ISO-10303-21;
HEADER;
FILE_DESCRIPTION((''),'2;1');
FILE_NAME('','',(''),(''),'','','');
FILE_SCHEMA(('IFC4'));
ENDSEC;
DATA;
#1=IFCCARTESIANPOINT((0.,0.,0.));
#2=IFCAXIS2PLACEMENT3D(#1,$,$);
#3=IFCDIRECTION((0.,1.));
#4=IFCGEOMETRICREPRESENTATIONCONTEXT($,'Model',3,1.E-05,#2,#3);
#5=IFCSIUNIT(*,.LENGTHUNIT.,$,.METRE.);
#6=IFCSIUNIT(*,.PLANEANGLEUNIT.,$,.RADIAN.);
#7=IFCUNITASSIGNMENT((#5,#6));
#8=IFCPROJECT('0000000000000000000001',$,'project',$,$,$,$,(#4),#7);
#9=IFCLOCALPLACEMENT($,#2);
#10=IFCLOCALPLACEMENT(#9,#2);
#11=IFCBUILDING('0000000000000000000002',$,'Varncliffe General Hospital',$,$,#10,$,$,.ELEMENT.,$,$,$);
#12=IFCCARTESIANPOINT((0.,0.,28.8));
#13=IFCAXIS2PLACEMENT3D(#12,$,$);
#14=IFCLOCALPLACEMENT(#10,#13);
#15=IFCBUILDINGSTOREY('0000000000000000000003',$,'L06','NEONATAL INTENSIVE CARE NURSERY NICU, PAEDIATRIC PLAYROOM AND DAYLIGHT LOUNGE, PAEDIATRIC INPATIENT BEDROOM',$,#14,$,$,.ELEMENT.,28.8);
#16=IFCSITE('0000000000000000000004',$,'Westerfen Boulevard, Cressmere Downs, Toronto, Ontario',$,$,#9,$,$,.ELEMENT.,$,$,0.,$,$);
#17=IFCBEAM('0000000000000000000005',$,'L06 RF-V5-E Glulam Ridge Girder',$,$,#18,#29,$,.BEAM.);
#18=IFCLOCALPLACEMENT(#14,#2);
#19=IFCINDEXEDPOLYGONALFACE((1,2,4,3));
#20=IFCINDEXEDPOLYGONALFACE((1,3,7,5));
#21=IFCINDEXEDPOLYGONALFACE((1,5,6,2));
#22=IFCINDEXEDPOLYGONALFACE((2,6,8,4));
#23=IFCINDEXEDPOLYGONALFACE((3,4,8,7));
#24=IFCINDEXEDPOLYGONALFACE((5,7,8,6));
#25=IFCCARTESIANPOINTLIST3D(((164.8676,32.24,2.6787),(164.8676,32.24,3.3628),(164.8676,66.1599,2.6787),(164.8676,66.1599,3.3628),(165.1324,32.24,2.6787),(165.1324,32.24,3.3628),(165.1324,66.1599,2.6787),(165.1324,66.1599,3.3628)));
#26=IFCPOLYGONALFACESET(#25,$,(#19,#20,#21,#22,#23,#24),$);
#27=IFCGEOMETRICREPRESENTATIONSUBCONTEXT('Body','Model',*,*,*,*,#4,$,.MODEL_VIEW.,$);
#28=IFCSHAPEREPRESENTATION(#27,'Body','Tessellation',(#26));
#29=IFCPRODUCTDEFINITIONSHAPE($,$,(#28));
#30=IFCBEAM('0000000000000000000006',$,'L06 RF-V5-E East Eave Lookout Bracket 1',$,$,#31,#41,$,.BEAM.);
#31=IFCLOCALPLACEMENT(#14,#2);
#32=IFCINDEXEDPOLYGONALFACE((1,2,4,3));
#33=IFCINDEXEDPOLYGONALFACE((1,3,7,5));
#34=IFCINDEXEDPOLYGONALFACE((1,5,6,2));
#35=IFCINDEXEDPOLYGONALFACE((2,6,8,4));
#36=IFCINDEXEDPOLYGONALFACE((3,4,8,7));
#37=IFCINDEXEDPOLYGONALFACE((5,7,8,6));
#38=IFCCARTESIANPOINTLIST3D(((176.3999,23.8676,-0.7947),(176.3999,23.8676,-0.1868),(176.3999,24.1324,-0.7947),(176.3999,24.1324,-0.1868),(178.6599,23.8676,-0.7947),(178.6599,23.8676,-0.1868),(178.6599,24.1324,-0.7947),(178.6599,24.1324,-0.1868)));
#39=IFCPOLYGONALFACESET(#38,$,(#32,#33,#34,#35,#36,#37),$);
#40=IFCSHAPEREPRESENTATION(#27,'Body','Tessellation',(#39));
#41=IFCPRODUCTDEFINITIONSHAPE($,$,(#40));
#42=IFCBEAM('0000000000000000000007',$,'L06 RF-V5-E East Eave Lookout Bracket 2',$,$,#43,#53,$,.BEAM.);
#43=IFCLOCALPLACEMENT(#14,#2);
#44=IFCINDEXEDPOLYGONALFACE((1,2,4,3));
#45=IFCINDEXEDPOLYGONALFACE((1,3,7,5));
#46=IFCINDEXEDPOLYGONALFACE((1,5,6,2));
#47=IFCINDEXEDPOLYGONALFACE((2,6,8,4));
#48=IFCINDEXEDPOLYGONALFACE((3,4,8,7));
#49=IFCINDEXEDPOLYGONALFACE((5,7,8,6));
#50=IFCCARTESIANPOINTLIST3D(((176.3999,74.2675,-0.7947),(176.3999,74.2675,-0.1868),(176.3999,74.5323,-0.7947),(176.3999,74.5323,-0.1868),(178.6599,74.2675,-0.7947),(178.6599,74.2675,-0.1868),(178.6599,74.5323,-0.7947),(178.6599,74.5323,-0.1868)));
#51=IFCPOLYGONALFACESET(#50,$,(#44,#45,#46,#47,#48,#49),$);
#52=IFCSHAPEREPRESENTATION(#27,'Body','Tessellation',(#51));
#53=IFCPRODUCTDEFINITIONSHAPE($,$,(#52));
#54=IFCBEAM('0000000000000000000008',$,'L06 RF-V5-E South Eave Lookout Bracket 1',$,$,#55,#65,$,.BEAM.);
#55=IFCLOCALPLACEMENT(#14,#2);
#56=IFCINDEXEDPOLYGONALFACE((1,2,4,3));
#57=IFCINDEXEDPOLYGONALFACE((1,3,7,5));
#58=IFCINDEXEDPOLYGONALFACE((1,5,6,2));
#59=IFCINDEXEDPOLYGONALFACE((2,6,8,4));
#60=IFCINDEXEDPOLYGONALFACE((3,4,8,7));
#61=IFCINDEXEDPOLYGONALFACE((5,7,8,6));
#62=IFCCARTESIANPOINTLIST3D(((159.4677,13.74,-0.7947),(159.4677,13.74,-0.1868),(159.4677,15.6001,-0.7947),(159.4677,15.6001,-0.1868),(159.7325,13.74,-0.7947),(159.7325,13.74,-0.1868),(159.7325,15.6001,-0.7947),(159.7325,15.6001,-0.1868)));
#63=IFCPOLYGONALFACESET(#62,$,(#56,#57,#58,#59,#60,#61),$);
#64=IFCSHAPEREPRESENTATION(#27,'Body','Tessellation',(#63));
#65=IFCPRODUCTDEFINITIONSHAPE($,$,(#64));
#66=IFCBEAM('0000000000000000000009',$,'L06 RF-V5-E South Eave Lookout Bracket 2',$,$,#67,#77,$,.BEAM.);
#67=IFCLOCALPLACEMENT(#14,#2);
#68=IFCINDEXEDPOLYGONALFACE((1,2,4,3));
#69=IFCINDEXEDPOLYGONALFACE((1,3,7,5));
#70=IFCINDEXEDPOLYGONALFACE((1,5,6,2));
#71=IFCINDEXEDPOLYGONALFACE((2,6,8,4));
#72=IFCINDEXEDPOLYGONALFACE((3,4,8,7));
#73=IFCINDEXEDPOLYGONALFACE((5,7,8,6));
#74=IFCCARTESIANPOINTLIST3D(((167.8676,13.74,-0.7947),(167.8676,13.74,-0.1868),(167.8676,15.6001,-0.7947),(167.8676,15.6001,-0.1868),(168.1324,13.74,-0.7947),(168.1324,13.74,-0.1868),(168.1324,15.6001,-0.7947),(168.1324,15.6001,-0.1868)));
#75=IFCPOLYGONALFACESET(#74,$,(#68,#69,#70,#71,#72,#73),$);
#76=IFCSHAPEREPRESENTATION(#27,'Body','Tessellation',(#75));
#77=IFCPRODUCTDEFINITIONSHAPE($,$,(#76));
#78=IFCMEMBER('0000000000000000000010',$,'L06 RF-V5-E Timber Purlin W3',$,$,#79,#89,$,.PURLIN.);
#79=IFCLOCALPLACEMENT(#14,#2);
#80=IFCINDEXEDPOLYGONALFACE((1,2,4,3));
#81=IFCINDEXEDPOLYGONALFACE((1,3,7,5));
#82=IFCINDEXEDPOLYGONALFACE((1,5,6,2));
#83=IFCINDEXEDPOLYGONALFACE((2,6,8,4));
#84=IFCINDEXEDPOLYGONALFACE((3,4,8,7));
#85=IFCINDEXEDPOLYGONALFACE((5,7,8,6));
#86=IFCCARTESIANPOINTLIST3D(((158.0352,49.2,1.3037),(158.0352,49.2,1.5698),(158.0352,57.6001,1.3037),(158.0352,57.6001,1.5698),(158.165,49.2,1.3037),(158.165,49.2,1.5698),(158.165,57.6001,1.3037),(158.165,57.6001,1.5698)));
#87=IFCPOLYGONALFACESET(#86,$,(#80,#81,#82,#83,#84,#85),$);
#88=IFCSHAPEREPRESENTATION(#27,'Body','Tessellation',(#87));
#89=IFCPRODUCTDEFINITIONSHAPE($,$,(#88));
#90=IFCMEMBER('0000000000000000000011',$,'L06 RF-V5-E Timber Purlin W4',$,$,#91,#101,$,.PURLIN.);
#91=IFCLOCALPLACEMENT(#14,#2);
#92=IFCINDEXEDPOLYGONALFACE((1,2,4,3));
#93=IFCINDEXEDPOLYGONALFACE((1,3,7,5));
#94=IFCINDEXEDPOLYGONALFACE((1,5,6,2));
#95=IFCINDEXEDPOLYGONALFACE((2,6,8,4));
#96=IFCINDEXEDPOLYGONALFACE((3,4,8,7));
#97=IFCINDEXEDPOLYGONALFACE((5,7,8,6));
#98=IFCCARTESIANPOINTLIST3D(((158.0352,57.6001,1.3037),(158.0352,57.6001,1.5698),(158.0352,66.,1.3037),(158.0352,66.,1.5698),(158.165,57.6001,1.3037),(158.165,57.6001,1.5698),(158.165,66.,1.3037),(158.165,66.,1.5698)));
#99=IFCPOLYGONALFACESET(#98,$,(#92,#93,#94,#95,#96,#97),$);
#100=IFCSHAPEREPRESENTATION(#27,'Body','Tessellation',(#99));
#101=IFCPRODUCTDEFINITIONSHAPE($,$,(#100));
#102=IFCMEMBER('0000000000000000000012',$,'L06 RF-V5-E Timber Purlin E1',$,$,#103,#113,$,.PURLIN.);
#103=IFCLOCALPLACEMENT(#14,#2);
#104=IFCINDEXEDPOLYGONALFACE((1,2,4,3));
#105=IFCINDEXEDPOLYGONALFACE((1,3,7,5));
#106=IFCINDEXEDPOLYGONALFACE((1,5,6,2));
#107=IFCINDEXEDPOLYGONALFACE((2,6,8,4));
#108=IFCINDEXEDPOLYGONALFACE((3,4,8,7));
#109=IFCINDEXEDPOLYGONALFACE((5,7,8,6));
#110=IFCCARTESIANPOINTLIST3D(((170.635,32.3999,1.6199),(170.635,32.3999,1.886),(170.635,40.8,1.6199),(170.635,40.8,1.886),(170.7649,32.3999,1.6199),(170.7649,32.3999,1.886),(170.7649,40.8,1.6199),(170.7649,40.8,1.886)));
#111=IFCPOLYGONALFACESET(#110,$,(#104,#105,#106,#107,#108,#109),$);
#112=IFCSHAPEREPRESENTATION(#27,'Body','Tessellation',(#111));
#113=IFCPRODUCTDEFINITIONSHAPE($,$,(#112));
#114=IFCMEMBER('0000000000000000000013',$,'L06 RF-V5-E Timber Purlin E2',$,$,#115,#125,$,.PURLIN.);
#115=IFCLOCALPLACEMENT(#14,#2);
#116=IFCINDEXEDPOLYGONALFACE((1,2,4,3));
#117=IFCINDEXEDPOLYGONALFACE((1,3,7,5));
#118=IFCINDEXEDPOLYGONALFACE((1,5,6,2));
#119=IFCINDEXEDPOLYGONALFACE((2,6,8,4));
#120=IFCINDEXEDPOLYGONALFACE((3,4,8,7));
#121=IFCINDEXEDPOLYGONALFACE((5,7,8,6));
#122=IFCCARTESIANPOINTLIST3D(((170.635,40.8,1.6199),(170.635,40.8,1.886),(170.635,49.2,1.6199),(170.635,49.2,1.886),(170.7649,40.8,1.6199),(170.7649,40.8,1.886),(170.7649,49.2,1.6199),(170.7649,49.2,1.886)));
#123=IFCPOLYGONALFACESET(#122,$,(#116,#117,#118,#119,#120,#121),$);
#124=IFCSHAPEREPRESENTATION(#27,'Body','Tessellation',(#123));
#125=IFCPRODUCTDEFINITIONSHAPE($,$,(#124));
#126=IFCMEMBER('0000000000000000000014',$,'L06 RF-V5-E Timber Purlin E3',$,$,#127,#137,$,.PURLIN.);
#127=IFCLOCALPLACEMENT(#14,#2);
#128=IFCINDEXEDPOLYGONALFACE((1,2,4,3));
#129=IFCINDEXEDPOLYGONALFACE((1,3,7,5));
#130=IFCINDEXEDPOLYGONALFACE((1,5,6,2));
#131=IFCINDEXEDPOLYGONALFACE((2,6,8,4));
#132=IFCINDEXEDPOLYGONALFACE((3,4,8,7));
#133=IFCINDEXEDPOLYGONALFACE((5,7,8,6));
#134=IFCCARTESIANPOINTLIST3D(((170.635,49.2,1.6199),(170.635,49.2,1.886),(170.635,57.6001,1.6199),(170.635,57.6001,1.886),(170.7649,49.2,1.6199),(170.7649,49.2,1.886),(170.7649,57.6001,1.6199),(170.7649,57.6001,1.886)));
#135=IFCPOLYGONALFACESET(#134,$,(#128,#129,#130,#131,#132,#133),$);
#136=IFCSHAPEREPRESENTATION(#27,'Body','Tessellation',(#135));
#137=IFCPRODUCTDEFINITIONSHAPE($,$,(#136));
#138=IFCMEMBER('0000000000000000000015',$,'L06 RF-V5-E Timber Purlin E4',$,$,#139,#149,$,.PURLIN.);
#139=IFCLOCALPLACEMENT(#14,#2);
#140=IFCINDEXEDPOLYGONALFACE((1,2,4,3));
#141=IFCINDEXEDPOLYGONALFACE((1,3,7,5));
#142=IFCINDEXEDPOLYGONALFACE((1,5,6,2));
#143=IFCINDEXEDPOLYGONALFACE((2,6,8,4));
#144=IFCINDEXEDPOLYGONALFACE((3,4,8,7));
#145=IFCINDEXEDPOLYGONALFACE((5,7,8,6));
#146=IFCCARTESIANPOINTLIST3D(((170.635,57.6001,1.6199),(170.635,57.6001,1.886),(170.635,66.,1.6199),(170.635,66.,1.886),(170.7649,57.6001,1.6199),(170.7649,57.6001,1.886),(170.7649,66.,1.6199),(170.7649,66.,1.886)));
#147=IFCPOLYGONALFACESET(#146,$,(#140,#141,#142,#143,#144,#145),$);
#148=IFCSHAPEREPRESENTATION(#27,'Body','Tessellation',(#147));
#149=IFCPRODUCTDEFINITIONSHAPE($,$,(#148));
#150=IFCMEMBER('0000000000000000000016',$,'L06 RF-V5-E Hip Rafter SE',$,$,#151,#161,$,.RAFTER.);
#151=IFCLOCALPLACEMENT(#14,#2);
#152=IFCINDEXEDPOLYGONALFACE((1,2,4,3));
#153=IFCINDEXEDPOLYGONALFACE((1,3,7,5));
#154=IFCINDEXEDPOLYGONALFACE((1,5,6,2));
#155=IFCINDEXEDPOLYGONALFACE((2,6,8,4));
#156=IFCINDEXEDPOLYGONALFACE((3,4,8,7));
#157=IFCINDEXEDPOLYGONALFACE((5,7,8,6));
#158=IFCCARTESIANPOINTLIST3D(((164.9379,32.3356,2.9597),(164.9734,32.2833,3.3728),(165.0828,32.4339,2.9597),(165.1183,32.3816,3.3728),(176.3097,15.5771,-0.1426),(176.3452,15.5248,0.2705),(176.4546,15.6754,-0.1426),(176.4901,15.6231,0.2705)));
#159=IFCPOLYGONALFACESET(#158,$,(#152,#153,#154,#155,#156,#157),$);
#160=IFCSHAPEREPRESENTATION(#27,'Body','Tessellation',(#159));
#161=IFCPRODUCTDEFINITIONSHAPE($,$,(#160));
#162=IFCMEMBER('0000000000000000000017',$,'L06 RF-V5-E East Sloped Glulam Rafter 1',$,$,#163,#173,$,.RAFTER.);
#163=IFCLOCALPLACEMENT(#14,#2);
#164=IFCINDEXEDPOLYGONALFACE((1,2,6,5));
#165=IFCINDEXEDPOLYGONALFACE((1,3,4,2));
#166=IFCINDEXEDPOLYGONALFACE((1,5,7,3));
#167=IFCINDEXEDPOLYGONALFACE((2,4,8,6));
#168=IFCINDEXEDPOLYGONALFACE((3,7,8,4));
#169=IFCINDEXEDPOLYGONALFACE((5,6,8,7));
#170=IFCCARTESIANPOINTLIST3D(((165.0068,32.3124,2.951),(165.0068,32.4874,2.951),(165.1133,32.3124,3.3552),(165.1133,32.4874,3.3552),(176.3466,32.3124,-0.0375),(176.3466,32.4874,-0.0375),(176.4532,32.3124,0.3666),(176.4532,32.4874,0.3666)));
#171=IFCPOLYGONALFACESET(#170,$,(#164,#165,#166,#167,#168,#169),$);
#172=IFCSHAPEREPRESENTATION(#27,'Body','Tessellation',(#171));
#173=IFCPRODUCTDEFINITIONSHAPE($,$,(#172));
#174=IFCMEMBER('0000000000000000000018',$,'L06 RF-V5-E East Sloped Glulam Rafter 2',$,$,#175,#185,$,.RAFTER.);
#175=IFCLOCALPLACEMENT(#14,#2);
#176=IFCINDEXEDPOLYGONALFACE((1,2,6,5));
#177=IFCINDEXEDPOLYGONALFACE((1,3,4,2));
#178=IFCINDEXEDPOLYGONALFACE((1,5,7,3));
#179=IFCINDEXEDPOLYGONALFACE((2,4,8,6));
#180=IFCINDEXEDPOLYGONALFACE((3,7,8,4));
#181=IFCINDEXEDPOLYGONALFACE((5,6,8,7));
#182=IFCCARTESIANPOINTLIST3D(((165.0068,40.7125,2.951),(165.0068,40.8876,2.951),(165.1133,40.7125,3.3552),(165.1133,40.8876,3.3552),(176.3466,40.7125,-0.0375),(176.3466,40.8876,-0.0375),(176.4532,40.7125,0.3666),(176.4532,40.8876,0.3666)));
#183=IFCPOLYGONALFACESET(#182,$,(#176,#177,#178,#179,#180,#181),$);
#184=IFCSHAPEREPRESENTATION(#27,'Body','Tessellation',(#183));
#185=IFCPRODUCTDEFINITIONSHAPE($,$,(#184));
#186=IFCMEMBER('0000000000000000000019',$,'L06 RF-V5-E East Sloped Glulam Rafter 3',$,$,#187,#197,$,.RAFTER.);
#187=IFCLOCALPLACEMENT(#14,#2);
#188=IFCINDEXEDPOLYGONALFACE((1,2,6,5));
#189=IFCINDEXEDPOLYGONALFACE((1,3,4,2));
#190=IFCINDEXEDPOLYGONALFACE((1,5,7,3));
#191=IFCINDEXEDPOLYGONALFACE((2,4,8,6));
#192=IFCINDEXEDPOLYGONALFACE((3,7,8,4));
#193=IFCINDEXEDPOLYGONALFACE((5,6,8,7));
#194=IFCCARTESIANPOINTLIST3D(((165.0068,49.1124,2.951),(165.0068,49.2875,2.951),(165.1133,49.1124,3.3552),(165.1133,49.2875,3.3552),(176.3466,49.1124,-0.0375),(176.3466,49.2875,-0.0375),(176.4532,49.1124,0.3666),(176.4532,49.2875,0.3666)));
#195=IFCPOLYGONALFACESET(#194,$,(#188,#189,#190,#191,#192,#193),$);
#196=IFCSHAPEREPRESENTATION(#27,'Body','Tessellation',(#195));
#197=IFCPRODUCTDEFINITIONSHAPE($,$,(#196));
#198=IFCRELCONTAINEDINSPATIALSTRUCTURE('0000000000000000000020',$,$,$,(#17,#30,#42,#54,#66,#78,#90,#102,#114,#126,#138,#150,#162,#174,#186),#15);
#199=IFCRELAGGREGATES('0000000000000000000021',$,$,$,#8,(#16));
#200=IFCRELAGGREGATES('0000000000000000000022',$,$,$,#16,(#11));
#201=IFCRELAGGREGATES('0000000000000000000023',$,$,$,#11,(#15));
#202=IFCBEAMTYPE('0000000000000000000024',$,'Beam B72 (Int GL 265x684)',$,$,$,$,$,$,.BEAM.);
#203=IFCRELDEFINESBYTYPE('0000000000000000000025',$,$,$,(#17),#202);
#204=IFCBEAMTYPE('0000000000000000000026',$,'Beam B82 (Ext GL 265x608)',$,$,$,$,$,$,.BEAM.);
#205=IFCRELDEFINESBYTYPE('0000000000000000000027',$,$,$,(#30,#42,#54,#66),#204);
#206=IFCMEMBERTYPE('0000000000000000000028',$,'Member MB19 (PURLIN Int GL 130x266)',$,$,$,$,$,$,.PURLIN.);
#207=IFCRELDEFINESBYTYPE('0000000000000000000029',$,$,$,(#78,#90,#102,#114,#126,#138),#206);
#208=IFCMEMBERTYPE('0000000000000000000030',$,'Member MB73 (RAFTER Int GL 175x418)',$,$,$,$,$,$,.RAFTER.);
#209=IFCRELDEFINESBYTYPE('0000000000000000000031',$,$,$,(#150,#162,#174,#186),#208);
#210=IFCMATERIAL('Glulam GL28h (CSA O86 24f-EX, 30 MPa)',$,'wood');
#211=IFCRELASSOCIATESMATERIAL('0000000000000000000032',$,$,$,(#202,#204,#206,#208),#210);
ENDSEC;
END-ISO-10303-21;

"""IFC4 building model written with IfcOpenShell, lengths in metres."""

from ifc_helpers import new_model, si_unit, direction, frame, origin, origin_2d, place, context, subcontext, project, spatial, rectangle, extrude, material, material_profile, profile_set, type_object, element, save


model = new_model("IFC4")

# Units and contexts
model_context = context("Model", 3, precision=1e-05, world=origin(), true_north=direction((0.0, 1.0)))
body_context = subcontext(model_context, "Body", "Model", "MODEL_VIEW")
ifc_project = project(units=[si_unit("LENGTHUNIT", "METRE"), si_unit("PLANEANGLEUNIT", "RADIAN")], contexts=[model_context])

# Site, building, storey
site_placement = place(None, origin())
site = spatial("IfcSite", under=ifc_project, at=site_placement, Name="Westerfen Boulevard, Cressmere Downs, Toronto, Ontario", CompositionType="ELEMENT", RefElevation=0.0)
building_placement = place(site_placement, origin())
building = spatial("IfcBuilding", under=site, at=building_placement, Name="Varncliffe General Hospital", CompositionType="ELEMENT")
storey_placement = place(building_placement, frame((0.0, 0.0, 28.8)))
storey = spatial("IfcBuildingStorey", under=building, at=storey_placement, Name="L06", Description="NEONATAL INTENSIVE CARE NURSERY NICU, PAEDIATRIC PLAYROOM AND DAYLIGHT LOUNGE, PAEDIATRIC INPATIENT BEDROOM", CompositionType="ELEMENT", Elevation=28.8)

# Beams
ifc_material_1 = material(Name="Glulam GL28h (CSA O86 24f-EX, 30 MPa)", Category="wood")
ifc_material_profile_1 = material_profile(ifc_material_1, rectangle(XDim=0.2649, YDim=0.6841, at=origin_2d()), Name="GL 265x684")
ifc_profile_set_1 = profile_set([ifc_material_profile_1], Name="Glulam GL28h (CSA O86 24f-EX, 30 MPa)")
beam_type_1 = type_object("IfcBeamType", Name="Beam B72 (Int GL 265x684)", PredefinedType="BEAM", material=ifc_profile_set_1)
beam_placement = place(storey_placement, frame((165.0, 32.24, 3.0208), z_axis=(0.0, 1.0, 0.0), x_axis=(-1.0, 0.0, 0.0)))
element("IfcBeam", 1, at=beam_placement, inside=storey, type_object=beam_type_1, Name="L06 RF-V5-E Glulam Ridge Girder", PredefinedType="BEAM", context=body_context, shape_type="SweptSolid", body=[
    extrude(rectangle(XDim=0.2649, YDim=0.6841, at=origin_2d()), origin(), (0.0, 0.0, 1.0), 33.9199),
])
ifc_material_profile_2 = material_profile(ifc_material_1, rectangle(XDim=0.2649, YDim=0.6079, at=origin_2d()), Name="GL 265x608")
ifc_profile_set_2 = profile_set([ifc_material_profile_2], Name="Glulam GL28h (CSA O86 24f-EX, 30 MPa)")
beam_type_2 = type_object("IfcBeamType", Name="Beam B82 (Ext GL 265x608)", PredefinedType="BEAM", material=ifc_profile_set_2)
for number, where, z_axis, x_axis, name in (
    (2, (176.3999, 24.0, -0.4907), (1.0, 0.0, 0.0), (0.0, 1.0, 0.0), "L06 RF-V5-E East Eave Lookout Bracket 1"),
    (3, (176.3999, 74.3999, -0.4907), (1.0, 0.0, 0.0), (0.0, 1.0, 0.0), "L06 RF-V5-E East Eave Lookout Bracket 2"),
):
    element("IfcBeam", number, at=place(storey_placement, frame(where, z_axis=z_axis, x_axis=x_axis)), inside=storey, type_object=beam_type_2, Name=name, PredefinedType="BEAM", context=body_context, shape_type="SweptSolid", body=[
        extrude(rectangle(XDim=0.2649, YDim=0.6079, at=origin_2d()), origin(), (0.0, 0.0, 1.0), 2.26),
    ])
for number, where, z_axis, x_axis, name in (
    (4, (159.6001, 13.74, -0.4907), (0.0, 1.0, 0.0), (-1.0, 0.0, 0.0), "L06 RF-V5-E South Eave Lookout Bracket 1"),
    (5, (168.0, 13.74, -0.4907), (0.0, 1.0, 0.0), (-1.0, 0.0, 0.0), "L06 RF-V5-E South Eave Lookout Bracket 2"),
):
    element("IfcBeam", number, at=place(storey_placement, frame(where, z_axis=z_axis, x_axis=x_axis)), inside=storey, type_object=beam_type_2, Name=name, PredefinedType="BEAM", context=body_context, shape_type="SweptSolid", body=[
        extrude(rectangle(XDim=0.2649, YDim=0.6079, at=origin_2d()), origin(), (0.0, 0.0, 1.0), 1.8601),
    ])

# Members
ifc_material_profile_3 = material_profile(ifc_material_1, rectangle(XDim=0.1299, YDim=0.2661, at=origin_2d()), Name="GL 130x266")
ifc_profile_set_3 = profile_set([ifc_material_profile_3], Name="Glulam GL28h (CSA O86 24f-EX, 30 MPa)")
member_type_1 = type_object("IfcMemberType", Name="Member MB19 (PURLIN Int GL 130x266)", PredefinedType="PURLIN", material=ifc_profile_set_3)
member_1_placement = place(storey_placement, frame((158.1001, 49.2, 1.4368), z_axis=(0.0, 1.0, 0.0), x_axis=(-1.0, 0.0, 0.0)))
element("IfcMember", 6, at=member_1_placement, inside=storey, type_object=member_type_1, Name="L06 RF-V5-E Timber Purlin W3", PredefinedType="PURLIN", context=body_context, shape_type="SweptSolid", body=[
    extrude(rectangle(XDim=0.1299, YDim=0.2661, at=origin_2d()), origin(), (0.0, 0.0, 1.0), 8.4001),
])
member_2_placement = place(storey_placement, frame((158.1001, 57.6001, 1.4368), z_axis=(0.0, 1.0, 0.0), x_axis=(-1.0, 0.0, 0.0)))
element("IfcMember", 7, at=member_2_placement, inside=storey, type_object=member_type_1, Name="L06 RF-V5-E Timber Purlin W4", PredefinedType="PURLIN", context=body_context, shape_type="SweptSolid", body=[
    extrude(rectangle(XDim=0.1299, YDim=0.2661, at=origin_2d()), origin(), (0.0, 0.0, 1.0), 8.3999),
])
member_3_placement = place(storey_placement, frame((170.7, 32.3999, 1.7529), z_axis=(0.0, 1.0, 0.0), x_axis=(-1.0, 0.0, 0.0)))
element("IfcMember", 8, at=member_3_placement, inside=storey, type_object=member_type_1, Name="L06 RF-V5-E Timber Purlin E1", PredefinedType="PURLIN", context=body_context, shape_type="SweptSolid", body=[
    extrude(rectangle(XDim=0.1299, YDim=0.2661, at=origin_2d()), origin(), (0.0, 0.0, 1.0), 8.4001),
])
member_4_placement = place(storey_placement, frame((170.7, 40.8, 1.7529), z_axis=(0.0, 1.0, 0.0), x_axis=(-1.0, 0.0, 0.0)))
element("IfcMember", 9, at=member_4_placement, inside=storey, type_object=member_type_1, Name="L06 RF-V5-E Timber Purlin E2", PredefinedType="PURLIN", context=body_context, shape_type="SweptSolid", body=[
    extrude(rectangle(XDim=0.1299, YDim=0.2661, at=origin_2d()), origin(), (0.0, 0.0, 1.0), 8.3999),
])
member_5_placement = place(storey_placement, frame((170.7, 49.2, 1.7529), z_axis=(0.0, 1.0, 0.0), x_axis=(-1.0, 0.0, 0.0)))
element("IfcMember", 10, at=member_5_placement, inside=storey, type_object=member_type_1, Name="L06 RF-V5-E Timber Purlin E3", PredefinedType="PURLIN", context=body_context, shape_type="SweptSolid", body=[
    extrude(rectangle(XDim=0.1299, YDim=0.2661, at=origin_2d()), origin(), (0.0, 0.0, 1.0), 8.4001),
])
member_6_placement = place(storey_placement, frame((170.7, 57.6001, 1.7529), z_axis=(0.0, 1.0, 0.0), x_axis=(-1.0, 0.0, 0.0)))
element("IfcMember", 11, at=member_6_placement, inside=storey, type_object=member_type_1, Name="L06 RF-V5-E Timber Purlin E4", PredefinedType="PURLIN", context=body_context, shape_type="SweptSolid", body=[
    extrude(rectangle(XDim=0.1299, YDim=0.2661, at=origin_2d()), origin(), (0.0, 0.0, 1.0), 8.3999),
])
ifc_material_profile_4 = material_profile(ifc_material_1, rectangle(XDim=0.175, YDim=0.418, at=origin_2d()), Name="GL 175x418")
ifc_profile_set_4 = profile_set([ifc_material_profile_4], Name="Glulam GL28h (CSA O86 24f-EX, 30 MPa)")
member_type_2 = type_object("IfcMemberType", Name="Member MB73 (RAFTER Int GL 175x418)", PredefinedType="RAFTER", material=ifc_profile_set_4)
member_7_placement = place(storey_placement, frame((176.3999, 15.6001, 0.064), z_axis=(-0.555026, 0.817936, 0.151414), x_axis=(-0.827477, -0.5615, 0.0)))
element("IfcMember", 12, at=member_7_placement, inside=storey, type_object=member_type_2, Name="L06 RF-V5-E Hip Rafter SE", PredefinedType="RAFTER", context=body_context, shape_type="SweptSolid", body=[
    extrude(rectangle(XDim=0.175, YDim=0.418, at=origin_2d()), origin(), (0.0, 0.0, 1.0), 20.4888),
])
for number, where, z_axis, x_axis, name in (
    (13, (176.3999, 32.3999, 0.1646), (-0.966983, 0.0, 0.254841), (0.0, -1.0, 0.0), "L06 RF-V5-E East Sloped Glulam Rafter 1"),
    (14, (176.3999, 40.8, 0.1646), (-0.966983, 0.0, 0.254841), (0.0, -1.0, 0.0), "L06 RF-V5-E East Sloped Glulam Rafter 2"),
    (15, (176.3999, 49.2, 0.1646), (-0.966983, 0.0, 0.254841), (0.0, -1.0, 0.0), "L06 RF-V5-E East Sloped Glulam Rafter 3"),
):
    element("IfcMember", number, at=place(storey_placement, frame(where, z_axis=z_axis, x_axis=x_axis)), inside=storey, type_object=member_type_2, Name=name, PredefinedType="RAFTER", context=body_context, shape_type="SweptSolid", body=[
        extrude(rectangle(XDim=0.175, YDim=0.418, at=origin_2d()), origin(), (0.0, 0.0, 1.0), 11.7271),
    ])

save(model, "model.ifc")
